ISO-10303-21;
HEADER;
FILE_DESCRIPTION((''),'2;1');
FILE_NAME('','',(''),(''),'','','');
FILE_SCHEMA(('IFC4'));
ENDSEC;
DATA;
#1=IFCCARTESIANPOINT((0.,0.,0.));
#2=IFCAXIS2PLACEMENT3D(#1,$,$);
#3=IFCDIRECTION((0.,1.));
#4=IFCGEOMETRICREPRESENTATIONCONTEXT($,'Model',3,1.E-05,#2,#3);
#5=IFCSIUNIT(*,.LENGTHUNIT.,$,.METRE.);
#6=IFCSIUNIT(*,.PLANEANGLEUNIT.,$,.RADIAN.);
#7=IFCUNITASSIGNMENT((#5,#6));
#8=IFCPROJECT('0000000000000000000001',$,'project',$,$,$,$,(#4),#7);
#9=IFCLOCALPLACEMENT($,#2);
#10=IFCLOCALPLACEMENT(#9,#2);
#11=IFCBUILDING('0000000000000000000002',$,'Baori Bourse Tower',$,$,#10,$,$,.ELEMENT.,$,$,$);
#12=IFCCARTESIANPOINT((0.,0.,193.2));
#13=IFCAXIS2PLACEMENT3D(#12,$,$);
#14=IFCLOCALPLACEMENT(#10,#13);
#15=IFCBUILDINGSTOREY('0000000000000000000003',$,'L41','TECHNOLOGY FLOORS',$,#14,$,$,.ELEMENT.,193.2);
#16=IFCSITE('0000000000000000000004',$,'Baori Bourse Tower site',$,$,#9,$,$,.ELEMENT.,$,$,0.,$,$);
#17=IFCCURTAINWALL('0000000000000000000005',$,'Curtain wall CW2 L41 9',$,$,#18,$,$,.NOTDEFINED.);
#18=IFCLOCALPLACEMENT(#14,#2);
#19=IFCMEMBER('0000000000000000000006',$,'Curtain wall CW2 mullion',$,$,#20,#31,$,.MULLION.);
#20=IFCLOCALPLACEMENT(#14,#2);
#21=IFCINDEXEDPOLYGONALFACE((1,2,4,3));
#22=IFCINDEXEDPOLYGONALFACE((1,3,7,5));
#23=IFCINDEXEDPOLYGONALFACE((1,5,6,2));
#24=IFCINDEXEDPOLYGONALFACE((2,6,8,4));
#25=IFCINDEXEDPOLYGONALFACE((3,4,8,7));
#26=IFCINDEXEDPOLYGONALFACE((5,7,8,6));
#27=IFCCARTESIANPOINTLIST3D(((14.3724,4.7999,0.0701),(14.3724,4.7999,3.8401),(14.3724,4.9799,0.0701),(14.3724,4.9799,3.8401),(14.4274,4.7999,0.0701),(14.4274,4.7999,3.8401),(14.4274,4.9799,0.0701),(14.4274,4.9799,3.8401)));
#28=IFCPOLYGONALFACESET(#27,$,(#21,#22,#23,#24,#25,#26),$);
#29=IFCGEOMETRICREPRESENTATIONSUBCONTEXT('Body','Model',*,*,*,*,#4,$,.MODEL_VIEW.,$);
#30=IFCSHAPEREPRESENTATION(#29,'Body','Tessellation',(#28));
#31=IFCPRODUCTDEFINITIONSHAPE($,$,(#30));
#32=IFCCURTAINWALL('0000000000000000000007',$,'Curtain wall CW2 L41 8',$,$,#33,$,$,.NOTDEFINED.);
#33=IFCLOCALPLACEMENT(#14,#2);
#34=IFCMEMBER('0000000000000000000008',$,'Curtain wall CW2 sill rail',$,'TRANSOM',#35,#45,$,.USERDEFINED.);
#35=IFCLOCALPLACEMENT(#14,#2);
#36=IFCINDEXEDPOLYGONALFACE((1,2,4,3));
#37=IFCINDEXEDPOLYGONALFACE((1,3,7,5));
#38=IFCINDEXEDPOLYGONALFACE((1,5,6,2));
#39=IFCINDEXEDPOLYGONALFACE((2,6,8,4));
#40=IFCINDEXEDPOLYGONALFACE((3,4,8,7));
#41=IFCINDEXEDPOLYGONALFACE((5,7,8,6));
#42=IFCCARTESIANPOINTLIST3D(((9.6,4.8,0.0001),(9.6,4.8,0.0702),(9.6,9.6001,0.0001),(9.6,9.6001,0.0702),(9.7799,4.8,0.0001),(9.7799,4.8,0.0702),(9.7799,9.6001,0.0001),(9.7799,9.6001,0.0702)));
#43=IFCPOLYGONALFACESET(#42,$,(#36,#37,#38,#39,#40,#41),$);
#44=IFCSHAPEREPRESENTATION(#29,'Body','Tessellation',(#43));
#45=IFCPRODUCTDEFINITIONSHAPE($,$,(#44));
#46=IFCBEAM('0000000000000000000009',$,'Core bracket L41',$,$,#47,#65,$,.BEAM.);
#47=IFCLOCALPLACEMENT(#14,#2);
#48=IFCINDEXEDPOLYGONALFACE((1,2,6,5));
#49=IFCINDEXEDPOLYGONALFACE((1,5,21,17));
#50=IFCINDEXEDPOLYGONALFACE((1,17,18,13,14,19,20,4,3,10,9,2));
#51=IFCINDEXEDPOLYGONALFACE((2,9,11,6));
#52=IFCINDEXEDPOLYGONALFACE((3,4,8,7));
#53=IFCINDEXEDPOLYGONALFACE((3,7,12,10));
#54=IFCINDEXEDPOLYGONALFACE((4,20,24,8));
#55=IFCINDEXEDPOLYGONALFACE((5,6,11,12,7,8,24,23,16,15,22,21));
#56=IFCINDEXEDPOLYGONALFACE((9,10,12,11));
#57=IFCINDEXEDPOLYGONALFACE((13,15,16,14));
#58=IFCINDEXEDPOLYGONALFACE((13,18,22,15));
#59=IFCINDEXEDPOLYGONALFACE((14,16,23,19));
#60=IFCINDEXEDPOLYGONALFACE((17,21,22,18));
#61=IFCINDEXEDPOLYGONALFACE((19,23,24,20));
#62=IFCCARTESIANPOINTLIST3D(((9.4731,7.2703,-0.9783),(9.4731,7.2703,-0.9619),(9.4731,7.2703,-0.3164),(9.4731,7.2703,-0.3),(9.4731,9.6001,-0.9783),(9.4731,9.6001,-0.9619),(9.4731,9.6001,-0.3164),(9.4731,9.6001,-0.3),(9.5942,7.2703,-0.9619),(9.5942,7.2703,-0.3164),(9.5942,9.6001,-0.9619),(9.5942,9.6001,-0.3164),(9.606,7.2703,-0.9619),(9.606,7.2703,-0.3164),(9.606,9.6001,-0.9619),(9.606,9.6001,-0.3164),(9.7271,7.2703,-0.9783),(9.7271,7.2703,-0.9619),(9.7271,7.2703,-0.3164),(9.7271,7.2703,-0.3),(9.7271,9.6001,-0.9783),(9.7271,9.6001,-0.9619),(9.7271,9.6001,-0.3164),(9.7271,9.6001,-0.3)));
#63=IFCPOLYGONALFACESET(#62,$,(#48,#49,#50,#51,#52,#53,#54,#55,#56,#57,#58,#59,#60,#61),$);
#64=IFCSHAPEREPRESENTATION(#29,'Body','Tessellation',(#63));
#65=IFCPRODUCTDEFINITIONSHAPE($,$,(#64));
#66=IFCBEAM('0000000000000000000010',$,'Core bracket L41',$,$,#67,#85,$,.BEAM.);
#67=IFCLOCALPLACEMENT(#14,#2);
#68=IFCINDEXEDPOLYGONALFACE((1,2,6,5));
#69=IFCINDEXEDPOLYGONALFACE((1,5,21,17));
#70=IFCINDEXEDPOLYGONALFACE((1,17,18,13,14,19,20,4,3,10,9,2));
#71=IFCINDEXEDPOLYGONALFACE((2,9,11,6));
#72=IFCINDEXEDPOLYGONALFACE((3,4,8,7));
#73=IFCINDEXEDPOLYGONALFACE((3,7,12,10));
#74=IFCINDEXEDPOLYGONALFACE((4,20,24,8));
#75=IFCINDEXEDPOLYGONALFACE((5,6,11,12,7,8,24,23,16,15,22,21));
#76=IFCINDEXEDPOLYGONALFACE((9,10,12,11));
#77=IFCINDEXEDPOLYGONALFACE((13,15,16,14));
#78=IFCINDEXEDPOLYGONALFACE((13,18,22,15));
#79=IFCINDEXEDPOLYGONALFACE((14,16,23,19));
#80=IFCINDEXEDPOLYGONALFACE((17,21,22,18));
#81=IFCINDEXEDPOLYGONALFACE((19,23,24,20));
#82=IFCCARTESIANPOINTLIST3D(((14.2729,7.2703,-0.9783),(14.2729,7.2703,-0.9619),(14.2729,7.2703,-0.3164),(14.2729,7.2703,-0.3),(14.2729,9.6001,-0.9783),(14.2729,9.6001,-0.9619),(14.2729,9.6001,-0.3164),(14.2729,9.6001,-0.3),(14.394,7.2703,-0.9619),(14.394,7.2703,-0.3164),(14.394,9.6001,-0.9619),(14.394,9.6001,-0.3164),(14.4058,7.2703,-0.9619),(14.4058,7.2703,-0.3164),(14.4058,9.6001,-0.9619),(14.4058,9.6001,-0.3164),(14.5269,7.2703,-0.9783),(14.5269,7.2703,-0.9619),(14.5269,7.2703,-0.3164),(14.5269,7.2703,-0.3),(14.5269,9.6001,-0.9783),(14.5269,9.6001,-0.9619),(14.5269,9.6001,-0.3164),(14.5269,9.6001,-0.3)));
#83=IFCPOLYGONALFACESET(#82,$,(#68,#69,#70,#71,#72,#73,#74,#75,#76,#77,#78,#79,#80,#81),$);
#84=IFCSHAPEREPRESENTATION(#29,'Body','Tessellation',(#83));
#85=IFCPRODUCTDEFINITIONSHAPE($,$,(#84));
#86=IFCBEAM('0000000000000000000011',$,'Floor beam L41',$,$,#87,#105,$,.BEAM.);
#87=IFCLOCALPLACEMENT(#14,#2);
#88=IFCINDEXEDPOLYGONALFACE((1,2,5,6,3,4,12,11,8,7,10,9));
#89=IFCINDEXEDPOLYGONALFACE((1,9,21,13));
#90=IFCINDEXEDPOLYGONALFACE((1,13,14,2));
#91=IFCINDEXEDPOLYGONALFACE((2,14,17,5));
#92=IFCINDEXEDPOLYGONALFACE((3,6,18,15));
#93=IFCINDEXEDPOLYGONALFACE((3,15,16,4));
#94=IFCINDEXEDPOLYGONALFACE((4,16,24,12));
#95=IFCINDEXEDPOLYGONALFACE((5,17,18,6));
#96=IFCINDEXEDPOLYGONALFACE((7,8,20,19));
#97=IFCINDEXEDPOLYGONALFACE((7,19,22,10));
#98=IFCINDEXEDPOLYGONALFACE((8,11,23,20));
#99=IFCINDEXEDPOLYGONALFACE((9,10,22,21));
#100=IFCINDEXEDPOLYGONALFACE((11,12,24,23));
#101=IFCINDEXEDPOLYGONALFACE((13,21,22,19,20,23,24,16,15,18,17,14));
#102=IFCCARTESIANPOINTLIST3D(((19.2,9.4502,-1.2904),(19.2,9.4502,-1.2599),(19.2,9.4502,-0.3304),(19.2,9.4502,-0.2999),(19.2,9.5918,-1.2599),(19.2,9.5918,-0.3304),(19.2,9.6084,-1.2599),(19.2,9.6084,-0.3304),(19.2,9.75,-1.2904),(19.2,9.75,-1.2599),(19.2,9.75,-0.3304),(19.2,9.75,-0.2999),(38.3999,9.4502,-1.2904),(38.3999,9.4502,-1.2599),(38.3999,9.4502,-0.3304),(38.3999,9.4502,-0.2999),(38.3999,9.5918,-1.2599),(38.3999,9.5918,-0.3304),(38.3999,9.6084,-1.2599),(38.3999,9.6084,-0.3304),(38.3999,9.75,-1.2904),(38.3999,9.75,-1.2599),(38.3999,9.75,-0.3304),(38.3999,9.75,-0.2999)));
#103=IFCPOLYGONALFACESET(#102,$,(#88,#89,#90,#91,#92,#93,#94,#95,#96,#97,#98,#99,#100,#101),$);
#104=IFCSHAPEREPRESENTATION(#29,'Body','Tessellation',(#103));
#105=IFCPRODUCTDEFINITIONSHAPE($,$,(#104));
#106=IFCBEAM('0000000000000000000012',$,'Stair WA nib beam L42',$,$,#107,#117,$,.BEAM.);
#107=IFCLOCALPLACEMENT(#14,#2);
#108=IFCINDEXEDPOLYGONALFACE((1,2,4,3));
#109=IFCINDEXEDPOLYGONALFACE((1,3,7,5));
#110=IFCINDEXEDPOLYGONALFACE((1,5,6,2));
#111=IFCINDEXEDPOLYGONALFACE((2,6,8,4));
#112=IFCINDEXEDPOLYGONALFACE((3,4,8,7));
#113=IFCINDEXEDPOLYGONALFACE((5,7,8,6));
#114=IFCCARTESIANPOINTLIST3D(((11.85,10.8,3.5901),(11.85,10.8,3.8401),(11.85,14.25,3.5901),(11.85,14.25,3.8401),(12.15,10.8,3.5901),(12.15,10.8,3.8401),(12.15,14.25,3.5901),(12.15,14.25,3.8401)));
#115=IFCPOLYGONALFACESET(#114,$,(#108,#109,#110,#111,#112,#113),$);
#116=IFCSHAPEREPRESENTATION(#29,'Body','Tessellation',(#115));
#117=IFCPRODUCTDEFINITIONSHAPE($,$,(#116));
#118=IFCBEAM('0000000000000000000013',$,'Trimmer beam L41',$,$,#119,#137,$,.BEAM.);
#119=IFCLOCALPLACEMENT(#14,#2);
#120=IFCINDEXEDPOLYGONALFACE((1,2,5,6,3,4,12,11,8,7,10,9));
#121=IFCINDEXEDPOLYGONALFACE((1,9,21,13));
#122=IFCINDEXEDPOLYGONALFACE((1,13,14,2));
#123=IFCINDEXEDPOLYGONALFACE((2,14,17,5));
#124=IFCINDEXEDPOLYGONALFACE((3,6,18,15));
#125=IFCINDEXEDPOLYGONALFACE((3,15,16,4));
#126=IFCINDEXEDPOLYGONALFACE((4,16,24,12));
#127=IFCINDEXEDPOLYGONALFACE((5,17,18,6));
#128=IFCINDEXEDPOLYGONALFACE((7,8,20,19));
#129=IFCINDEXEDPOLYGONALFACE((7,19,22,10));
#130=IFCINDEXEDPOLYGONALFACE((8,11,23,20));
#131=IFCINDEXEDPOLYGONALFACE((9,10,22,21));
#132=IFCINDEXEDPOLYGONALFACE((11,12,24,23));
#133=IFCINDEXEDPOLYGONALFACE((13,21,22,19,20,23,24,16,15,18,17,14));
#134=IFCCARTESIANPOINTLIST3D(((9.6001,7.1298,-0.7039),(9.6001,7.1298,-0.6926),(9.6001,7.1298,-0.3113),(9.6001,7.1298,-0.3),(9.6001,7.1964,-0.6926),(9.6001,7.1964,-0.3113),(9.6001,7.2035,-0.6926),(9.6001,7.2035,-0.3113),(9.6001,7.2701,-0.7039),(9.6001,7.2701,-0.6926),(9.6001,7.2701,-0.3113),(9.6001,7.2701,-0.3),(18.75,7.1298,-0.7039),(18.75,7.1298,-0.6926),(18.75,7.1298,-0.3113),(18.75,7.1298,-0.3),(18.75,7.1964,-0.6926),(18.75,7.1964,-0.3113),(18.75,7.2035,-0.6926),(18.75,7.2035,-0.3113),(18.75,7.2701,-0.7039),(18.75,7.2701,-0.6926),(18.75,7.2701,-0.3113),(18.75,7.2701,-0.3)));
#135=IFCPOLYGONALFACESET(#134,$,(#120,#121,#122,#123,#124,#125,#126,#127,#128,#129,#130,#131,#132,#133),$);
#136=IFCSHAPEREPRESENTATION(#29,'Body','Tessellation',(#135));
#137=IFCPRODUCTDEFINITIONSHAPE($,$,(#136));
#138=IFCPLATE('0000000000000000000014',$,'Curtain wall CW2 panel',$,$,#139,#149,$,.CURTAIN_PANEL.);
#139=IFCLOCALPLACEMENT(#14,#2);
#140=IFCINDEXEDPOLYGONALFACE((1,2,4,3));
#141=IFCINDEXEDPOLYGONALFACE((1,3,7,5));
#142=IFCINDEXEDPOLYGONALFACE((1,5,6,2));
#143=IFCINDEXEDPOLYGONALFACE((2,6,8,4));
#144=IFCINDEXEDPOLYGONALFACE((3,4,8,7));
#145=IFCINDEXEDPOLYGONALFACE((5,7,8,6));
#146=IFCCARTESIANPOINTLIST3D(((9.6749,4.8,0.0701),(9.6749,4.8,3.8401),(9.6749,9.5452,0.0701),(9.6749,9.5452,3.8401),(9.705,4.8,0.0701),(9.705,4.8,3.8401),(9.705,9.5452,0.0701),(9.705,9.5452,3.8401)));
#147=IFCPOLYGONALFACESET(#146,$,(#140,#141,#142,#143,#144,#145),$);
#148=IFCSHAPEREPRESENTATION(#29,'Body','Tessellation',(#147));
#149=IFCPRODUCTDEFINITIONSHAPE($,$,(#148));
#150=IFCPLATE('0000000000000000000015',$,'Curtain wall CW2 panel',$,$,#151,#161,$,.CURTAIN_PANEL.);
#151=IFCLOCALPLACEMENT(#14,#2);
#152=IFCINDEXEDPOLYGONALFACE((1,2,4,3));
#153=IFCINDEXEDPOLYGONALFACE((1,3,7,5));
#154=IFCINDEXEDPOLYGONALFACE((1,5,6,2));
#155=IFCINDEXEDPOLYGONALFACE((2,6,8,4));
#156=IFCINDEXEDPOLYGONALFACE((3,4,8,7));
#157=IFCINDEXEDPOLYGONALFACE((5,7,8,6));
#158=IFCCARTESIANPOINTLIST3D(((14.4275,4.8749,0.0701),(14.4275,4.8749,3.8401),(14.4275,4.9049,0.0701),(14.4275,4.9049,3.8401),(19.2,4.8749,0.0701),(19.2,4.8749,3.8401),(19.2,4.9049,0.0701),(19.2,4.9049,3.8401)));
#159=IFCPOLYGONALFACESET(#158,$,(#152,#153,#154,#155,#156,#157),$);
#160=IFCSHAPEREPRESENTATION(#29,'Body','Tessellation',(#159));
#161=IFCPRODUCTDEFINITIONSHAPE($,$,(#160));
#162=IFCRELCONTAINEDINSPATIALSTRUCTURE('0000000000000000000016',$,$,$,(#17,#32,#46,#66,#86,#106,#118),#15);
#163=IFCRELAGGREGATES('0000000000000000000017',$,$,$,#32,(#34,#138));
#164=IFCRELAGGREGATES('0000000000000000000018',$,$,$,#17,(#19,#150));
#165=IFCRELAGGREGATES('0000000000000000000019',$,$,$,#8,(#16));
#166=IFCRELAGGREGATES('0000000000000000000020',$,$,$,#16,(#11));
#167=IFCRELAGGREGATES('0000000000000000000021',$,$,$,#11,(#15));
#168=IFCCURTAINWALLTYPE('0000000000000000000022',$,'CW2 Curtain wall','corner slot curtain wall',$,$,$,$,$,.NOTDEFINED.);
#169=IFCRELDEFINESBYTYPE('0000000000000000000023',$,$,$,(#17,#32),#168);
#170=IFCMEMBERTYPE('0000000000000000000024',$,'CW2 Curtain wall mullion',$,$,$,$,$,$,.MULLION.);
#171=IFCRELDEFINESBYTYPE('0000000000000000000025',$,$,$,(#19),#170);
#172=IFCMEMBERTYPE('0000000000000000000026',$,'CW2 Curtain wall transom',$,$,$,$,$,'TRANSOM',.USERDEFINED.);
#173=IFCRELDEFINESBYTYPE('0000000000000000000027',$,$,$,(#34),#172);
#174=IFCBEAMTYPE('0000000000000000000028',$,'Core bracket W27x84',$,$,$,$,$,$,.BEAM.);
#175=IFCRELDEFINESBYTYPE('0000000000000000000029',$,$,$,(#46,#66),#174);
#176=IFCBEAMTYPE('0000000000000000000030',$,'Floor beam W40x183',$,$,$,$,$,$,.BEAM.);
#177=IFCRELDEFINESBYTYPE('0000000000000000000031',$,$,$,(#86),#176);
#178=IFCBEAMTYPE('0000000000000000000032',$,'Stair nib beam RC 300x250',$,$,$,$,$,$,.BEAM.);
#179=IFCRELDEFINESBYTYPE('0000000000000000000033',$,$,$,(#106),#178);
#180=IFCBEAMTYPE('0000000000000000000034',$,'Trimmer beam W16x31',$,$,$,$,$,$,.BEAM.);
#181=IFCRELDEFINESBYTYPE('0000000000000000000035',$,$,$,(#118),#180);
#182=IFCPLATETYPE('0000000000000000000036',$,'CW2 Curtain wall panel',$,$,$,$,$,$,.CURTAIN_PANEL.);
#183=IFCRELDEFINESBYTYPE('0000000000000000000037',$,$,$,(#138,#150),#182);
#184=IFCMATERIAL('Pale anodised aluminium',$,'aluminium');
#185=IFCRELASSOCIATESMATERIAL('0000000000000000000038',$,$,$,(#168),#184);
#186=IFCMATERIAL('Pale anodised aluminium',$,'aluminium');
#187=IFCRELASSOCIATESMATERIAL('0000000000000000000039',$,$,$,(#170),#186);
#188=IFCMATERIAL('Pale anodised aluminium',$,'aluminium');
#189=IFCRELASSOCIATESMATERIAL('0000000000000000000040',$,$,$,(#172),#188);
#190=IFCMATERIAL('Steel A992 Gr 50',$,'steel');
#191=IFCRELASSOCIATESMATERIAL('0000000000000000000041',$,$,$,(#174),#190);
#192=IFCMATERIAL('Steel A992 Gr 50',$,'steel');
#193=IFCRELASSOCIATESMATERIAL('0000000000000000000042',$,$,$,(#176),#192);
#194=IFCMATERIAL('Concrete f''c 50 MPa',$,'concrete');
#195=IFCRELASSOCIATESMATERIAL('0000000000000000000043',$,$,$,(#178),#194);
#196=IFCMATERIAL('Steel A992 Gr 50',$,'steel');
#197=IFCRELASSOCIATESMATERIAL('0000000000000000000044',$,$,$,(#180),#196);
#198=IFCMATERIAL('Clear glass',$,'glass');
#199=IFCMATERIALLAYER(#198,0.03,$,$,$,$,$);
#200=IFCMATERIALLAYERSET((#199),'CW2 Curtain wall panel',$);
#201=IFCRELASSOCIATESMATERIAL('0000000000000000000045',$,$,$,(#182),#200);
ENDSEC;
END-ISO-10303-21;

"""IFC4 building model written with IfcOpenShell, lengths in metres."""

from ifc_helpers import new_model, si_unit, direction, frame, origin, origin_2d, place, context, subcontext, project, spatial, rectangle, i_section, extrude, material, layer, layer_set, material_profile, profile_set, type_object, element, aggregate, save


model = new_model("IFC4")

# Units and contexts
model_context = context("Model", 3, precision=1e-05, world=origin(), true_north=direction((0.0, 1.0)))
body_context = subcontext(model_context, "Body", "Model", "MODEL_VIEW")
ifc_project = project(units=[si_unit("LENGTHUNIT", "METRE"), si_unit("PLANEANGLEUNIT", "RADIAN")], contexts=[model_context])

# Site, building, storey
site_placement = place(None, origin())
site = spatial("IfcSite", under=ifc_project, at=site_placement, Name="Baori Bourse Tower site", CompositionType="ELEMENT", RefElevation=0.0)
building_placement = place(site_placement, origin())
building = spatial("IfcBuilding", under=site, at=building_placement, Name="Baori Bourse Tower", CompositionType="ELEMENT")
storey_placement = place(building_placement, frame((0.0, 0.0, 193.2)))
storey = spatial("IfcBuildingStorey", under=building, at=storey_placement, Name="L41", Description="TECHNOLOGY FLOORS", CompositionType="ELEMENT", Elevation=193.2)

# Curtain walls, members
ifc_material_1 = material(Name="Pale anodised aluminium", Category="aluminium")
curtain_wall_type = type_object("IfcCurtainWallType", Name="CW2 Curtain wall", Description="corner slot curtain wall", PredefinedType="NOTDEFINED", material=ifc_material_1)
curtain_wall_1_placement = place(storey_placement, origin())
curtain_wall_1 = element("IfcCurtainWall", 1, at=curtain_wall_1_placement, inside=storey, type_object=curtain_wall_type, Name="Curtain wall CW2 L41 9", PredefinedType="NOTDEFINED")
ifc_material_2 = material(Name="Pale anodised aluminium", Category="aluminium")
ifc_material_profile_1 = material_profile(ifc_material_2, rectangle(XDim=0.1799, YDim=0.0549, at=origin_2d()), Name="Mullion 55x180")
ifc_profile_set_1 = profile_set([ifc_material_profile_1], Name="Pale anodised aluminium")
member_type_1 = type_object("IfcMemberType", Name="CW2 Curtain wall mullion", PredefinedType="MULLION", material=ifc_profile_set_1)
member_1_placement = place(storey_placement, frame((14.3999, 4.8899, 0.0701), z_axis=(0.0, 0.0, 1.0), x_axis=(0.0, 1.0, 0.0)))
member_1 = element("IfcMember", 2, at=member_1_placement, type_object=member_type_1, Name="Curtain wall CW2 mullion", PredefinedType="MULLION", context=body_context, shape_type="SweptSolid", body=[
    extrude(rectangle(XDim=0.1799, YDim=0.0549, at=origin_2d()), origin(), (0.0, 0.0, 1.0), 3.77),
])
curtain_wall_2_placement = place(storey_placement, origin())
curtain_wall_2 = element("IfcCurtainWall", 3, at=curtain_wall_2_placement, inside=storey, type_object=curtain_wall_type, Name="Curtain wall CW2 L41 8", PredefinedType="NOTDEFINED")
ifc_material_3 = material(Name="Pale anodised aluminium", Category="aluminium")
ifc_material_profile_2 = material_profile(ifc_material_3, rectangle(XDim=0.1799, YDim=0.0701, at=origin_2d()), Name="Transom 70x180")
ifc_profile_set_2 = profile_set([ifc_material_profile_2], Name="Pale anodised aluminium")
member_type_2 = type_object("IfcMemberType", Name="CW2 Curtain wall transom", ElementType="TRANSOM", PredefinedType="USERDEFINED", material=ifc_profile_set_2)
member_2_placement = place(storey_placement, frame((9.6899, 9.6001, 0.0352), z_axis=(0.0, -1.0, 0.0), x_axis=(1.0, 0.0, 0.0)))
member_2 = element("IfcMember", 4, at=member_2_placement, type_object=member_type_2, Name="Curtain wall CW2 sill rail", ObjectType="TRANSOM", PredefinedType="USERDEFINED", context=body_context, shape_type="SweptSolid", body=[
    extrude(rectangle(XDim=0.1799, YDim=0.0701, at=origin_2d()), origin(), (0.0, 0.0, 1.0), 4.8),
])

# Beams
ifc_material_4 = material(Name="Steel A992 Gr 50", Category="steel")
ifc_material_profile_3 = material_profile(ifc_material_4, i_section(OverallWidth=0.2539, OverallDepth=0.6782, WebThickness=0.0117, FlangeThickness=0.0164, at=origin_2d()), Name="W27x84")
ifc_profile_set_3 = profile_set([ifc_material_profile_3], Name="Steel A992 Gr 50")
beam_type_1 = type_object("IfcBeamType", Name="Core bracket W27x84", PredefinedType="BEAM", material=ifc_profile_set_3)
for number, where, z_axis, x_axis, name in (
    (5, (9.6001, 7.2703, -0.6392), (0.0, 1.0, 0.0), (-1.0, 0.0, 0.0), "Core bracket L41"),
    (6, (14.3999, 7.2703, -0.6392), (0.0, 1.0, 0.0), (-1.0, 0.0, 0.0), "Core bracket L41"),
):
    element("IfcBeam", number, at=place(storey_placement, frame(where, z_axis=z_axis, x_axis=x_axis)), inside=storey, type_object=beam_type_1, Name=name, PredefinedType="BEAM", context=body_context, shape_type="SweptSolid", body=[
        extrude(i_section(OverallWidth=0.2539, OverallDepth=0.6782, WebThickness=0.0117, FlangeThickness=0.0164, at=origin_2d()), origin(), (0.0, 0.0, 1.0), 2.3298),
    ])
ifc_material_5 = material(Name="Steel A992 Gr 50", Category="steel")
ifc_material_profile_4 = material_profile(ifc_material_5, i_section(OverallWidth=0.2998, OverallDepth=0.9905, WebThickness=0.0166, FlangeThickness=0.0305, at=origin_2d()), Name="W40x183")
ifc_profile_set_4 = profile_set([ifc_material_profile_4], Name="Steel A992 Gr 50")
beam_type_2 = type_object("IfcBeamType", Name="Floor beam W40x183", PredefinedType="BEAM", material=ifc_profile_set_4)
beam_1_placement = place(storey_placement, frame((19.2, 9.6001, -0.7952), z_axis=(1.0, 0.0, 0.0), x_axis=(0.0, 1.0, 0.0)))
element("IfcBeam", 7, at=beam_1_placement, inside=storey, type_object=beam_type_2, Name="Floor beam L41", PredefinedType="BEAM", context=body_context, shape_type="SweptSolid", body=[
    extrude(i_section(OverallWidth=0.2998, OverallDepth=0.9905, WebThickness=0.0166, FlangeThickness=0.0305, at=origin_2d()), origin(), (0.0, 0.0, 1.0), 19.2),
])
ifc_material_6 = material(Name="Concrete f'c 50 MPa", Category="concrete")
ifc_material_profile_5 = material_profile(ifc_material_6, rectangle(XDim=0.3, YDim=0.25, at=origin_2d()), Name="RC 300x250")
ifc_profile_set_5 = profile_set([ifc_material_profile_5], Name="Concrete f'c 50 MPa")
beam_type_3 = type_object("IfcBeamType", Name="Stair nib beam RC 300x250", PredefinedType="BEAM", material=ifc_profile_set_5)
beam_2_placement = place(storey_placement, frame((12.0, 10.8, 3.7151), z_axis=(0.0, 1.0, 0.0), x_axis=(-1.0, 0.0, 0.0)))
element("IfcBeam", 8, at=beam_2_placement, inside=storey, type_object=beam_type_3, Name="Stair WA nib beam L42", PredefinedType="BEAM", context=body_context, shape_type="SweptSolid", body=[
    extrude(rectangle(XDim=0.3, YDim=0.25, at=origin_2d()), origin(), (0.0, 0.0, 1.0), 3.45),
])
ifc_material_7 = material(Name="Steel A992 Gr 50", Category="steel")
ifc_material_profile_6 = material_profile(ifc_material_7, i_section(OverallWidth=0.1404, OverallDepth=0.4038, WebThickness=0.0071, FlangeThickness=0.0112, at=origin_2d()), Name="W16x31")
ifc_profile_set_6 = profile_set([ifc_material_profile_6], Name="Steel A992 Gr 50")
beam_type_4 = type_object("IfcBeamType", Name="Trimmer beam W16x31", PredefinedType="BEAM", material=ifc_profile_set_6)
beam_3_placement = place(storey_placement, frame((9.6001, 7.2, -0.502), z_axis=(1.0, 0.0, 0.0), x_axis=(0.0, 1.0, 0.0)))
element("IfcBeam", 9, at=beam_3_placement, inside=storey, type_object=beam_type_4, Name="Trimmer beam L41", PredefinedType="BEAM", context=body_context, shape_type="SweptSolid", body=[
    extrude(i_section(OverallWidth=0.1404, OverallDepth=0.4038, WebThickness=0.0071, FlangeThickness=0.0112, at=origin_2d()), origin(), (0.0, 0.0, 1.0), 9.1499),
])

# Plates
ifc_material_8 = material(Name="Clear glass", Category="glass")
ifc_layer_1 = layer(ifc_material_8, 0.03)
ifc_layer_set_1 = layer_set([ifc_layer_1], Name="CW2 Curtain wall panel")
plate_type = type_object("IfcPlateType", Name="CW2 Curtain wall panel", PredefinedType="CURTAIN_PANEL", material=ifc_layer_set_1)
plate_1_placement = place(storey_placement, frame((9.6899, 7.1726, 0.0701), z_axis=(0.0, 0.0, 1.0), x_axis=(0.0, -1.0, 0.0)))
plate_1 = element("IfcPlate", 10, at=plate_1_placement, type_object=plate_type, Name="Curtain wall CW2 panel", PredefinedType="CURTAIN_PANEL", context=body_context, shape_type="SweptSolid", body=[
    extrude(rectangle(XDim=4.7451, YDim=0.03, at=origin_2d()), origin(), (0.0, 0.0, 1.0), 3.77),
])
aggregate(curtain_wall_2, [member_2, plate_1])
plate_2_placement = place(storey_placement, frame((16.8137, 4.8899, 0.0701), z_axis=(0.0, 0.0, 1.0), x_axis=(1.0, 0.0, 0.0)))
plate_2 = element("IfcPlate", 11, at=plate_2_placement, type_object=plate_type, Name="Curtain wall CW2 panel", PredefinedType="CURTAIN_PANEL", context=body_context, shape_type="SweptSolid", body=[
    extrude(rectangle(XDim=4.7725, YDim=0.03, at=origin_2d()), origin(), (0.0, 0.0, 1.0), 3.77),
])
aggregate(curtain_wall_1, [member_1, plate_2])

save(model, "model.ifc")
